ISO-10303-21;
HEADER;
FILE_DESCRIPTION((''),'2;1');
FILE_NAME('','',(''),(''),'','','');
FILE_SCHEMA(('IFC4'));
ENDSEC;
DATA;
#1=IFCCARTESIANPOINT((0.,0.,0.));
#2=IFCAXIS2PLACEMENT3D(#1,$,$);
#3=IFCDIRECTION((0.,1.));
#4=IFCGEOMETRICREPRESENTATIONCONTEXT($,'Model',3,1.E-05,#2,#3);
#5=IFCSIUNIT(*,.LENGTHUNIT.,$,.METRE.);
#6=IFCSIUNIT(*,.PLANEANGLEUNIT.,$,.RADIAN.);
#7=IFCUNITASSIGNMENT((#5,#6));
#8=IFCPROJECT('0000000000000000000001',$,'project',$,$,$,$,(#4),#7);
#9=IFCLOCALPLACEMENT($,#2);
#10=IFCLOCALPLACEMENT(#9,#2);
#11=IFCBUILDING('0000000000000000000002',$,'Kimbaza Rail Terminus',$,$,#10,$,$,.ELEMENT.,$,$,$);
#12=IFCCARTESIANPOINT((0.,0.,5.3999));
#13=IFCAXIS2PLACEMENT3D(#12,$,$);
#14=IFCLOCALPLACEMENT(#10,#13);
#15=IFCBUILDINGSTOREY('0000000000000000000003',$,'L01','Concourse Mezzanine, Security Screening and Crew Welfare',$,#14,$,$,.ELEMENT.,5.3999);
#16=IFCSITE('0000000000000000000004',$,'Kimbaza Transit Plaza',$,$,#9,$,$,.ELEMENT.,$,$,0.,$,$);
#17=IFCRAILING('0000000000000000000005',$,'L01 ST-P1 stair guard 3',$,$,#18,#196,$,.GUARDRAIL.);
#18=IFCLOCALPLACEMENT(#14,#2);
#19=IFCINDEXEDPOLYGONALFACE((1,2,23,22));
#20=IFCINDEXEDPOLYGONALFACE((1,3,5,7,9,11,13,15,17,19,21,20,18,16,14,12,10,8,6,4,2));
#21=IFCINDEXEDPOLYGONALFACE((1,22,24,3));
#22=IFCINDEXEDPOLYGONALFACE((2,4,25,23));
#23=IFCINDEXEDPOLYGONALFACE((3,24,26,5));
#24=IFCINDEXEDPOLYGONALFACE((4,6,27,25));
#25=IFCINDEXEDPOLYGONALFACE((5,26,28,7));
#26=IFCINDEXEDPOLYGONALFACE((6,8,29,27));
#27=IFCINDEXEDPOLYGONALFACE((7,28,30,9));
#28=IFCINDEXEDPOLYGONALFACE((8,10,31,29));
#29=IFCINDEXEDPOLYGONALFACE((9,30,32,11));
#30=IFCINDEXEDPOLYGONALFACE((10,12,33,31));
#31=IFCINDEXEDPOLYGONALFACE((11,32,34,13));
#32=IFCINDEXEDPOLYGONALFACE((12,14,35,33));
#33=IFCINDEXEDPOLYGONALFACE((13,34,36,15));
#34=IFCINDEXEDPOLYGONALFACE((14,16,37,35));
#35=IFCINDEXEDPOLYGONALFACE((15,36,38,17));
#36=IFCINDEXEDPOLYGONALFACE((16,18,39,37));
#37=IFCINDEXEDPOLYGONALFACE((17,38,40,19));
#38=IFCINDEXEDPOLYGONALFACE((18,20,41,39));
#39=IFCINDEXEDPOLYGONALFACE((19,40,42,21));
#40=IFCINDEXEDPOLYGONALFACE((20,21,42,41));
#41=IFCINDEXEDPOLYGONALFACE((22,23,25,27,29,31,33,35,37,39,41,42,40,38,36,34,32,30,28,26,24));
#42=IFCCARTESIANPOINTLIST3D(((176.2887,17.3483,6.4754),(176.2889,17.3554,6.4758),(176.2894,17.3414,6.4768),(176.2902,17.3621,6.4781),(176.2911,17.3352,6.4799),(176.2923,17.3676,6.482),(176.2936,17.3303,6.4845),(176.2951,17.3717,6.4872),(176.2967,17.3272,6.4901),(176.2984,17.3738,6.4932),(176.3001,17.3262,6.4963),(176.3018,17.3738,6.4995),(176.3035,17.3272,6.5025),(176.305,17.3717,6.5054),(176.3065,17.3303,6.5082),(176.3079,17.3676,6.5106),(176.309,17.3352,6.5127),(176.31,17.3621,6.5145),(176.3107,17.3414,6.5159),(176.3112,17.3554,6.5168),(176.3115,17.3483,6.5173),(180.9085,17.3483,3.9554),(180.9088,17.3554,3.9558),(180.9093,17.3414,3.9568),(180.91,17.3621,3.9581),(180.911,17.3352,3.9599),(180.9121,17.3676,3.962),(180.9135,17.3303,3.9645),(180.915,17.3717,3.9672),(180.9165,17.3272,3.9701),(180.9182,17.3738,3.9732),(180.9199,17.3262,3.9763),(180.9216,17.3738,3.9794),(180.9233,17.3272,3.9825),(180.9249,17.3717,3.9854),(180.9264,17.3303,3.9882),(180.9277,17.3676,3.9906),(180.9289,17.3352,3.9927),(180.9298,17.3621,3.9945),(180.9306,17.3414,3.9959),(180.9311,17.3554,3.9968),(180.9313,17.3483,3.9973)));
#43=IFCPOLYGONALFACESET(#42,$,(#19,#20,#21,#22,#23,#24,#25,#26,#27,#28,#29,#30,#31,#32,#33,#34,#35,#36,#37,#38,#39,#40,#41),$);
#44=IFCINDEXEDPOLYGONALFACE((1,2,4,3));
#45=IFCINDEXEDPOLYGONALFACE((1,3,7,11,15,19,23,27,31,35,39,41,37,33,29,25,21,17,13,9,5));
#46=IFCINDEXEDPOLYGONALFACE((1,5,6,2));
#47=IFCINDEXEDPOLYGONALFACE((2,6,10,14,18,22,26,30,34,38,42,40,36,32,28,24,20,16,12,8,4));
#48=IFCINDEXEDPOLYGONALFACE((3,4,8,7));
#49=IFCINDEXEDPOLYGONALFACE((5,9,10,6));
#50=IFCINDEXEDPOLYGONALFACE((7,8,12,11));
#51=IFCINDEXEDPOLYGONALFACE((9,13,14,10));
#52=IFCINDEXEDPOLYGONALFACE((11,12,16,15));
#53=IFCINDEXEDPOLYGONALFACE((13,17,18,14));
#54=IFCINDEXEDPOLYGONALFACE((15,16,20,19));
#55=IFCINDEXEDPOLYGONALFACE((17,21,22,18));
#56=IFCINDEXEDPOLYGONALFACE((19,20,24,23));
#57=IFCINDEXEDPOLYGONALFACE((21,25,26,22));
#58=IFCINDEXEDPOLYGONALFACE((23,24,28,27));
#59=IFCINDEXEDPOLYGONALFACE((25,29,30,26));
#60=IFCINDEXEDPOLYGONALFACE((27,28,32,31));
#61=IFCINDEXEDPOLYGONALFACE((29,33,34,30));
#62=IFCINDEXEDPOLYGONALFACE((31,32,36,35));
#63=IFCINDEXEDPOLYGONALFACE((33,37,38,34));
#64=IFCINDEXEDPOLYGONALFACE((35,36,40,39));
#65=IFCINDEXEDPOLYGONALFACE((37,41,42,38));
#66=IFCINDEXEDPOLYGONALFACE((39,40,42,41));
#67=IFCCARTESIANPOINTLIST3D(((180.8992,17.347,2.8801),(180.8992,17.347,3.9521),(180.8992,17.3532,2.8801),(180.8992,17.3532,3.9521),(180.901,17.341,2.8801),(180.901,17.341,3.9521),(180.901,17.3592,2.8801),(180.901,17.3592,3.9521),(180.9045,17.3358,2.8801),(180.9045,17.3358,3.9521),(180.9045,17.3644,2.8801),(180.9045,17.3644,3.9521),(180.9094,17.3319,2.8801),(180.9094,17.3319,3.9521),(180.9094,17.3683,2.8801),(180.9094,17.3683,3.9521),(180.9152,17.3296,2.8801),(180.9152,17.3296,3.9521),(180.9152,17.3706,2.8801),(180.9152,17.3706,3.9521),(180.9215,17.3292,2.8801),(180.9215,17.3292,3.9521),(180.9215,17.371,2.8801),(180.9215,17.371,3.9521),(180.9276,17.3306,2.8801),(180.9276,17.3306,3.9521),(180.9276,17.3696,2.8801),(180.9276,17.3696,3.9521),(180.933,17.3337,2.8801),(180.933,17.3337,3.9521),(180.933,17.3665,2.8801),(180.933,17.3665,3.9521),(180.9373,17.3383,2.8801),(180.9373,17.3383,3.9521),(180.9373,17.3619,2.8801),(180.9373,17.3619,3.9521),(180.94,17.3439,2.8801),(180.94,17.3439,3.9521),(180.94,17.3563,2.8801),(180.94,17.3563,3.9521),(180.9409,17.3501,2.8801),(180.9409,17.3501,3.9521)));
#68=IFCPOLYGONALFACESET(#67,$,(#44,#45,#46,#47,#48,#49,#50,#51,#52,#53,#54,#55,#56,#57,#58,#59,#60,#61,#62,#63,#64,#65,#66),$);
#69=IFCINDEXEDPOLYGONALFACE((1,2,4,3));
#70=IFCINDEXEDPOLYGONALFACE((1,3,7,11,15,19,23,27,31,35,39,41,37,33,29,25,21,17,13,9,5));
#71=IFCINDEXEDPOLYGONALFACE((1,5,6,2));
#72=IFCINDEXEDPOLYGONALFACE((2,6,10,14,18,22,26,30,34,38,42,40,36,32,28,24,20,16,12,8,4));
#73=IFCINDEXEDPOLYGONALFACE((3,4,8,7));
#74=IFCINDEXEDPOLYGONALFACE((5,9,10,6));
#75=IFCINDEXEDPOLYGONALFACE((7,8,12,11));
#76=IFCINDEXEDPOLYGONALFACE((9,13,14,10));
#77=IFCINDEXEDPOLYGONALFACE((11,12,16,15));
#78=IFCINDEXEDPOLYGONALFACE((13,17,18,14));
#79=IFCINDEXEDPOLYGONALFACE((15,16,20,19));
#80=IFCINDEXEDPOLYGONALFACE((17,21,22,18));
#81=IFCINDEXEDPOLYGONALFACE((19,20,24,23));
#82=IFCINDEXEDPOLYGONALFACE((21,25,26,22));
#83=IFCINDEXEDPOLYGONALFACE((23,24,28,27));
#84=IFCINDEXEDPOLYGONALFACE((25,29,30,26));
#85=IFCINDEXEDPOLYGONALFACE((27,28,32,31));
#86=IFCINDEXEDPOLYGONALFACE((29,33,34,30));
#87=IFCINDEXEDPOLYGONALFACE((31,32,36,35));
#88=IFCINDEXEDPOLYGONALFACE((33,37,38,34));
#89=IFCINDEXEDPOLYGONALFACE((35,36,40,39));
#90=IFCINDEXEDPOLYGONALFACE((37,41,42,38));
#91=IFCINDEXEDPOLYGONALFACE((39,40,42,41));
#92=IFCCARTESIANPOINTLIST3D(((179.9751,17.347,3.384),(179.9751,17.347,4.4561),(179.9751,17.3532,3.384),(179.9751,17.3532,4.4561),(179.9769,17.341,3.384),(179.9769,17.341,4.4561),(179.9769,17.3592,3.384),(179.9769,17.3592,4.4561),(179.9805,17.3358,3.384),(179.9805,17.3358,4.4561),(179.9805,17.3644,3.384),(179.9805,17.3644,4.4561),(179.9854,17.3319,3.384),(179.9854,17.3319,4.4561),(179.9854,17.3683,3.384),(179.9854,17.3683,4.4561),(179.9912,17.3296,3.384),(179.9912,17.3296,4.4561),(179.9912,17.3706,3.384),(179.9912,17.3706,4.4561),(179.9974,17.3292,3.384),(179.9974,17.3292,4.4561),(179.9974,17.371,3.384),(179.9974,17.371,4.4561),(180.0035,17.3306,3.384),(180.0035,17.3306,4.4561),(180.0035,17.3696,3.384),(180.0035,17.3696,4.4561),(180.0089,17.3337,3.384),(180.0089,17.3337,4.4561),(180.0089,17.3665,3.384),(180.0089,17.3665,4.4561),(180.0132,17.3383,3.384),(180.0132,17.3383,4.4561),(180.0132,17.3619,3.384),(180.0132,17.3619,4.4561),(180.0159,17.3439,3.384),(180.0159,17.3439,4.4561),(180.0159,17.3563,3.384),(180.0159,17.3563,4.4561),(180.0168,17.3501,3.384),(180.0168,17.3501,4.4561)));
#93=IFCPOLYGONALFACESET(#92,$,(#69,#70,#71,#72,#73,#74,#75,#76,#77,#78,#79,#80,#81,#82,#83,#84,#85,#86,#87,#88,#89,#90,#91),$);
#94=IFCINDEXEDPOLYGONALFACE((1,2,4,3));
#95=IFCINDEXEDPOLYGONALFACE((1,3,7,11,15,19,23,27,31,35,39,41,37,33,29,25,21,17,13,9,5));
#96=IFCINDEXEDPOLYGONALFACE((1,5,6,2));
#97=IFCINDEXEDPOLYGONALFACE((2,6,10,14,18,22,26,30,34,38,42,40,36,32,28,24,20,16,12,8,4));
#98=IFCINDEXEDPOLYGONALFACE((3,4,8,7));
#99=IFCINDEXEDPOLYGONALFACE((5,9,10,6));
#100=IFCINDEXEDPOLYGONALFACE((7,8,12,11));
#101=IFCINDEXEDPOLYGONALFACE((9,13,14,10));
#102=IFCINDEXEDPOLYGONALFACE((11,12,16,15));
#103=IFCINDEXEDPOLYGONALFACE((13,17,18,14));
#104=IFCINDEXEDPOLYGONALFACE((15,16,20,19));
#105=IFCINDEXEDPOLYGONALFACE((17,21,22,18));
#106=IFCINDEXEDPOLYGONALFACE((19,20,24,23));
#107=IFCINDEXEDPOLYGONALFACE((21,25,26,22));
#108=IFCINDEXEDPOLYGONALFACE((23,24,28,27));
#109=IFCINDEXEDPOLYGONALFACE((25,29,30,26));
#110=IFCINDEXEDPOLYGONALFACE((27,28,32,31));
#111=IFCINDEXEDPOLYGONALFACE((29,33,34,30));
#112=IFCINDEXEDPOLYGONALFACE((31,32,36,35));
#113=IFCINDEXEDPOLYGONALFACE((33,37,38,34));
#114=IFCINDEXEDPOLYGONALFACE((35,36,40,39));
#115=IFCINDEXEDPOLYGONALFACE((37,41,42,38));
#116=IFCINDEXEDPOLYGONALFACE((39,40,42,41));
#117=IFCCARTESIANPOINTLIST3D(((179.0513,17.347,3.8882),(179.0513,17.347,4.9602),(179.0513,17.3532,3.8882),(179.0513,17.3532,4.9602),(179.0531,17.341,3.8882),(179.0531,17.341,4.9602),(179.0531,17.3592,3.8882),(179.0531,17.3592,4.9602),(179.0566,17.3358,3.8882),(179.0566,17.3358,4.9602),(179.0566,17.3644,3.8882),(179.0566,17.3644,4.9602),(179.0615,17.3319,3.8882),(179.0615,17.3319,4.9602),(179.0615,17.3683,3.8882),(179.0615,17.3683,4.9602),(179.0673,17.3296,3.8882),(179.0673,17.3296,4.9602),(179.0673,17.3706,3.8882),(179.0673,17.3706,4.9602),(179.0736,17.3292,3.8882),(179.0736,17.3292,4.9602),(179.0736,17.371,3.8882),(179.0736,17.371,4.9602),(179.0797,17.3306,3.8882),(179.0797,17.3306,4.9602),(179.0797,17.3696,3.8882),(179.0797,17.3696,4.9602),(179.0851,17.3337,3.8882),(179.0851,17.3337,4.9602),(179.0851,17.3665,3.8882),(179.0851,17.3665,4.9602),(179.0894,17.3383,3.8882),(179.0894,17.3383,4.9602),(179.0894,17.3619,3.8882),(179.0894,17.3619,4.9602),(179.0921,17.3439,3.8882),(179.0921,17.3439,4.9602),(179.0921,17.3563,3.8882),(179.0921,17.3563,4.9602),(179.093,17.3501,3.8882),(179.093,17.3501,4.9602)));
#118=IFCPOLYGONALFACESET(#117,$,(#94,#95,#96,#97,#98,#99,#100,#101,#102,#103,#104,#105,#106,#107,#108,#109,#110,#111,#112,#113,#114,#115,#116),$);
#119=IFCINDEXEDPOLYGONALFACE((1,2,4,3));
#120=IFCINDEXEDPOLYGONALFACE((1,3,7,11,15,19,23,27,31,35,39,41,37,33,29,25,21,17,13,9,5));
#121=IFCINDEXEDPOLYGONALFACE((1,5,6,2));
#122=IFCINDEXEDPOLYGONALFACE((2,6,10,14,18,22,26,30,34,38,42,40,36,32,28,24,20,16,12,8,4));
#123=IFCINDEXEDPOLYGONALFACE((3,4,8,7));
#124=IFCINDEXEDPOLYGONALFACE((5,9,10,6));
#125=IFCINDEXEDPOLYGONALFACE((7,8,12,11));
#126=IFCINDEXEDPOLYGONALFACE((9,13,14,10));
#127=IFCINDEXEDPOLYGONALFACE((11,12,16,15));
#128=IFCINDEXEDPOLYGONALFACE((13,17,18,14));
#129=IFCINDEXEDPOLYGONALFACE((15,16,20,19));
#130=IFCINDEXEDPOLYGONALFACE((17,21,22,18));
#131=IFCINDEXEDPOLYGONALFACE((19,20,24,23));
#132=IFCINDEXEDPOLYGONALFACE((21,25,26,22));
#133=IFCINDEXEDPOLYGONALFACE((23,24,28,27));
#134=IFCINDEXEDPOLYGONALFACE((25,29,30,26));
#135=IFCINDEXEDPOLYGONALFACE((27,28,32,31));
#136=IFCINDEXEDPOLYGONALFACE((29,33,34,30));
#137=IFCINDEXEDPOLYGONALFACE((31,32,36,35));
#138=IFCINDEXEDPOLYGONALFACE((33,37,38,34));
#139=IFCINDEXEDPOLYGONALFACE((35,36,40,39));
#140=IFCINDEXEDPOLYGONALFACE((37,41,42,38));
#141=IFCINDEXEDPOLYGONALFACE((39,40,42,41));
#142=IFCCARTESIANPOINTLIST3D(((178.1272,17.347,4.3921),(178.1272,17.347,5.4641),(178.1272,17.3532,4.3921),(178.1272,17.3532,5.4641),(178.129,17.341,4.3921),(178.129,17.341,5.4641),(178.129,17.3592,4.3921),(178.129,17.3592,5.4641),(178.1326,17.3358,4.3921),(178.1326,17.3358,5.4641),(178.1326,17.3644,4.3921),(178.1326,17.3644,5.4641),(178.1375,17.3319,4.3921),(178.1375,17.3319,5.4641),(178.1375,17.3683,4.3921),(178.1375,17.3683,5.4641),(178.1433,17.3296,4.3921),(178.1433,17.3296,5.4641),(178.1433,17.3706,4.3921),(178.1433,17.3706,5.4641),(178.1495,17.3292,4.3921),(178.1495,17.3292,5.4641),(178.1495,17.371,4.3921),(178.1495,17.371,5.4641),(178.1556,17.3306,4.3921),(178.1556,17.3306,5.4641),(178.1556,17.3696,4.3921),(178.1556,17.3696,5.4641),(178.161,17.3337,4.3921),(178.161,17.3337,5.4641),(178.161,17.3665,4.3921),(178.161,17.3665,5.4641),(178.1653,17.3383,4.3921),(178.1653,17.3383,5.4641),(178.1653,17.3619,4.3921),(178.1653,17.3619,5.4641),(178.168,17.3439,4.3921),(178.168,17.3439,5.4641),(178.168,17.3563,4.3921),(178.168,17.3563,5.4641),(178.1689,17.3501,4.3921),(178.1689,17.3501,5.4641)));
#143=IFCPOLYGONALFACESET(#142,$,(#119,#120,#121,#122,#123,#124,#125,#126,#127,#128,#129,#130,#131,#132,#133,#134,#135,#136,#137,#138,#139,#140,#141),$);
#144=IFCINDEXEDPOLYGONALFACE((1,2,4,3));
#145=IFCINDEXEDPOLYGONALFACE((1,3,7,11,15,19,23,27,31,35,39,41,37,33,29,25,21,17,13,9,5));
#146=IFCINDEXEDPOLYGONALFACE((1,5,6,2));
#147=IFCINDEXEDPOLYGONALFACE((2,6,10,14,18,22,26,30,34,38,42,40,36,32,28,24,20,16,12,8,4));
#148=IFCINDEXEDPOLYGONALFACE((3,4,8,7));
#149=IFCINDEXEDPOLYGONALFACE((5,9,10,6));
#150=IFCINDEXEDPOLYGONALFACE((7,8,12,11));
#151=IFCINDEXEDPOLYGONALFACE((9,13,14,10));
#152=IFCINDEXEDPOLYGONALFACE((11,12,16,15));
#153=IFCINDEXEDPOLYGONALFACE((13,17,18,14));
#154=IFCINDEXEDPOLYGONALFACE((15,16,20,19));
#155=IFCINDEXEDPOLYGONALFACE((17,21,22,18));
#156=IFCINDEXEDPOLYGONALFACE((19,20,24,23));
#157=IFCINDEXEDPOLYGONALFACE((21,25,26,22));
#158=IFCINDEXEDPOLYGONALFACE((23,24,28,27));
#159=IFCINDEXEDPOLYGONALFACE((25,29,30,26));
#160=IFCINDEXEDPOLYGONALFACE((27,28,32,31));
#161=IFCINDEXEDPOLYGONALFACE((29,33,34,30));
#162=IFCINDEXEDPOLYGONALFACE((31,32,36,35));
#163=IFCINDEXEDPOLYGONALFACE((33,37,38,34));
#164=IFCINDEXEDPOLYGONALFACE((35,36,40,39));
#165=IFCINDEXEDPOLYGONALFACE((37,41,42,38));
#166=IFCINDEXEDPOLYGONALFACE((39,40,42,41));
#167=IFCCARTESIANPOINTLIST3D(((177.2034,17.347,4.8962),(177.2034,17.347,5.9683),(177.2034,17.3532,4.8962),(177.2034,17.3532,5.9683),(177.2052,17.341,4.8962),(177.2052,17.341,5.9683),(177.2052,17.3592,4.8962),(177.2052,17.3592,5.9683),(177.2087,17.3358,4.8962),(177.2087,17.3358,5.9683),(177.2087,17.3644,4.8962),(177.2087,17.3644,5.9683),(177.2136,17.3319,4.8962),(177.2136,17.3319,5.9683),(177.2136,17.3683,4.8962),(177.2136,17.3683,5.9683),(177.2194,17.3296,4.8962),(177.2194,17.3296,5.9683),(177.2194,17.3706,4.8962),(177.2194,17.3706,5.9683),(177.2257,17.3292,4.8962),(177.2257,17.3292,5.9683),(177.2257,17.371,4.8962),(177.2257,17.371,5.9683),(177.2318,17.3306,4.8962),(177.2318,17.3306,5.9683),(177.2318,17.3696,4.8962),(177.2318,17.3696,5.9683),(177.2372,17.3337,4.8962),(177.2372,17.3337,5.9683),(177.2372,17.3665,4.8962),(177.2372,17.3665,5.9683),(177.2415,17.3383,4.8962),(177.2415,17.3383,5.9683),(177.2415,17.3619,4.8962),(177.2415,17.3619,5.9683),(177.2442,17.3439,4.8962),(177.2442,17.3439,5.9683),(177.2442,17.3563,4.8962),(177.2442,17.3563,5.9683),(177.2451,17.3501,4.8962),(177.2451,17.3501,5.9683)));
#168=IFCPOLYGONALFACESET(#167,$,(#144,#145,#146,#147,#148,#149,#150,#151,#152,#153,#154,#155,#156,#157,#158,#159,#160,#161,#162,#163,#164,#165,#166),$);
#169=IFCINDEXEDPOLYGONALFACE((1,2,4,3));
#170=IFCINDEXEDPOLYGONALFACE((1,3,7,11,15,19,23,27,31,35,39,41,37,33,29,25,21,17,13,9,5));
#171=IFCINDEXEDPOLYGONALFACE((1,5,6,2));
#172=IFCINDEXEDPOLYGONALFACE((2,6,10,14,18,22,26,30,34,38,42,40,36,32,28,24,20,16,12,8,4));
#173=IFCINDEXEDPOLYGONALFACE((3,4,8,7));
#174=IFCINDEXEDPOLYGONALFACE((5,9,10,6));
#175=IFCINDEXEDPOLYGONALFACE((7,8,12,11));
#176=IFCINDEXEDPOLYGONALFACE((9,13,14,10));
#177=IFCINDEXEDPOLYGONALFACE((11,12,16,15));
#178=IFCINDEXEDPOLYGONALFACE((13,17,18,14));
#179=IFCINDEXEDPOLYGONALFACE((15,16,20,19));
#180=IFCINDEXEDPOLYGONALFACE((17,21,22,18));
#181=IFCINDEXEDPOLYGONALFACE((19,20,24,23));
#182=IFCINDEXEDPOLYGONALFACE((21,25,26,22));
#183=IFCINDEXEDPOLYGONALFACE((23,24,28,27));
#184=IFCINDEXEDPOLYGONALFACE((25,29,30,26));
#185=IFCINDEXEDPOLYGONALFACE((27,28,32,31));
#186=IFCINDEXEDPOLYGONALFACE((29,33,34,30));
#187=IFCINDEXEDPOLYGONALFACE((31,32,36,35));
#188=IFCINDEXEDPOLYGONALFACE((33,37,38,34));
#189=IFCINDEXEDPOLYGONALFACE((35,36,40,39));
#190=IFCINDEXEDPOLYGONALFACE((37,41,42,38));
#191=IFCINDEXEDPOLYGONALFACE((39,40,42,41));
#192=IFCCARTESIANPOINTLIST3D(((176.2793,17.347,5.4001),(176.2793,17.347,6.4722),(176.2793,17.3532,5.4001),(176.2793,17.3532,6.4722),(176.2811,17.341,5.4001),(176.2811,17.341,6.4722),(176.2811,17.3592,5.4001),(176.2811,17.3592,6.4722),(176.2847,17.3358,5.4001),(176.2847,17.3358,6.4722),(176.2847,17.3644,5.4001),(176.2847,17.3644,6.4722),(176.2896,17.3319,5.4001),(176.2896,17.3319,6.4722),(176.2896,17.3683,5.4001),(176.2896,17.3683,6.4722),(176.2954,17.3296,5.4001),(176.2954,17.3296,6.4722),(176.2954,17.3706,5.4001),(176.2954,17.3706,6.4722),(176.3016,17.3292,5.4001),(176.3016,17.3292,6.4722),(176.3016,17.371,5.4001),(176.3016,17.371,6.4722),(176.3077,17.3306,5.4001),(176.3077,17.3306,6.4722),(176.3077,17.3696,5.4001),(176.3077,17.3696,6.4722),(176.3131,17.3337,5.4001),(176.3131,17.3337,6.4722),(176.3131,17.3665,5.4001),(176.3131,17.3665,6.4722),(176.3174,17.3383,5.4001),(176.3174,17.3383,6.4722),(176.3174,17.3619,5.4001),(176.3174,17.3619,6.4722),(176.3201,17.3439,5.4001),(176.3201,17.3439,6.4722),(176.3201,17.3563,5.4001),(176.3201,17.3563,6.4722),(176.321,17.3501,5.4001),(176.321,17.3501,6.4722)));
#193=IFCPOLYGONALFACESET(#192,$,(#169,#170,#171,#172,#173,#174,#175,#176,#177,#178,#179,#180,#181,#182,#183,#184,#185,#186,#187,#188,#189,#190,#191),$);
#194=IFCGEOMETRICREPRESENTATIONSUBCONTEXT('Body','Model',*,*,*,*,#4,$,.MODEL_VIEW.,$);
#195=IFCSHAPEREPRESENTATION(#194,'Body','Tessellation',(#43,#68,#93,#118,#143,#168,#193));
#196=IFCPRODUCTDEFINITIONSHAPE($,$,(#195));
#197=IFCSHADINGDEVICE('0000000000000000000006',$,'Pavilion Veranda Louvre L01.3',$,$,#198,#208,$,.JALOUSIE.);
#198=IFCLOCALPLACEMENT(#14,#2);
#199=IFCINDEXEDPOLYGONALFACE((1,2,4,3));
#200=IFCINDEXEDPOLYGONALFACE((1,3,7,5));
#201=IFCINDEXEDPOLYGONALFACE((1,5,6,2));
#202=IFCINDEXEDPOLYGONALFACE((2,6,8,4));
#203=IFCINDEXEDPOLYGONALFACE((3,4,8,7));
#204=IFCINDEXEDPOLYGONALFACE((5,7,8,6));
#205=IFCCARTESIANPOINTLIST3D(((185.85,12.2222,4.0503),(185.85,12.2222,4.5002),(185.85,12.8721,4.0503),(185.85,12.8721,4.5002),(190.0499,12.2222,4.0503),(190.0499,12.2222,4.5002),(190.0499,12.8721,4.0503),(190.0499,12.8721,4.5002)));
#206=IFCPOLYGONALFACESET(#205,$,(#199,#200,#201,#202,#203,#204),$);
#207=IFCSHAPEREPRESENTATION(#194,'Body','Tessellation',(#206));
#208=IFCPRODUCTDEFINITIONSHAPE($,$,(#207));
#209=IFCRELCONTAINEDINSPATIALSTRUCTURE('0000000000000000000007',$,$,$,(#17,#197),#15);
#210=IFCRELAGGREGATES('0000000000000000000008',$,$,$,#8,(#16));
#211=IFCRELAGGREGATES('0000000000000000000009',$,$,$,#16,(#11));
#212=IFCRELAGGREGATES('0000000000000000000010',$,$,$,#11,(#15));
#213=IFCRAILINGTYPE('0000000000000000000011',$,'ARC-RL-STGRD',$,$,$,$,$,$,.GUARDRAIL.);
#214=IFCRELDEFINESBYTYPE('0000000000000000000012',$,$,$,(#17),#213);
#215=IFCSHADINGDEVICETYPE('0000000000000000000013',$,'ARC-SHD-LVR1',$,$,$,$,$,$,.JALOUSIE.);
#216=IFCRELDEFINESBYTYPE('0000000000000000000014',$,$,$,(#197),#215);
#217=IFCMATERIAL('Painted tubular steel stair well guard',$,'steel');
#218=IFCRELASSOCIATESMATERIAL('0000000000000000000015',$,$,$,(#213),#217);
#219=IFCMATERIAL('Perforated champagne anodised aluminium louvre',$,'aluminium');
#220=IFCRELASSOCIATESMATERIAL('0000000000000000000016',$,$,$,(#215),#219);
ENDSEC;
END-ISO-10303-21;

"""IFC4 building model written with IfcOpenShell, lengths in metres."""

from ifc_helpers import new_model, si_unit, direction, frame, origin, origin_2d, place, context, subcontext, project, spatial, rectangle, circle, extrude, material, type_object, element, save


model = new_model("IFC4")

# Units and contexts
model_context = context("Model", 3, precision=1e-05, world=origin(), true_north=direction((0.0, 1.0)))
body_context = subcontext(model_context, "Body", "Model", "MODEL_VIEW")
ifc_project = project(units=[si_unit("LENGTHUNIT", "METRE"), si_unit("PLANEANGLEUNIT", "RADIAN")], contexts=[model_context])

# Site, building, storey
site_placement = place(None, origin())
site = spatial("IfcSite", under=ifc_project, at=site_placement, Name="Kimbaza Transit Plaza", CompositionType="ELEMENT", RefElevation=0.0)
building_placement = place(site_placement, origin())
building = spatial("IfcBuilding", under=site, at=building_placement, Name="Kimbaza Rail Terminus", CompositionType="ELEMENT")
storey_placement = place(building_placement, frame((0.0, 0.0, 5.3999)))
storey = spatial("IfcBuildingStorey", under=building, at=storey_placement, Name="L01", Description="Concourse Mezzanine, Security Screening and Crew Welfare", CompositionType="ELEMENT", Elevation=5.3999)

# Railing
ifc_material_1 = material(Name="Painted tubular steel stair well guard", Category="steel")
railing_type_1 = type_object("IfcRailingType", Name="ARC-RL-STGRD", PredefinedType="GUARDRAIL", material=ifc_material_1)
railing_1_placement = place(storey_placement, frame((180.9199, 17.3501, 2.8801)))
element("IfcRailing", 1, at=railing_1_placement, inside=storey, type_object=railing_type_1, Name="L01 ST-P1 stair guard 3", PredefinedType="GUARDRAIL", context=body_context, shape_type="SweptSolid", body=[
    extrude(circle(Radius=0.0239, at=origin_2d()), frame((0.0, 0.0, 1.0962), z_axis=(-0.877888, 0.0, 0.478865), x_axis=(0.0, -1.0, 0.0)), (0.0, 0.0, 1.0), 5.2625),
    extrude(circle(Radius=0.021, at=origin_2d()), origin(), (0.0, 0.0, 1.0), 1.072),
    extrude(circle(Radius=0.021, at=origin_2d()), frame((-0.9241, 0.0, 0.5039)), (0.0, 0.0, 1.0), 1.072),
    extrude(circle(Radius=0.021, at=origin_2d()), frame((-1.8479, 0.0, 1.0081)), (0.0, 0.0, 1.0), 1.072),
    extrude(circle(Radius=0.021, at=origin_2d()), frame((-2.772, 0.0, 1.512)), (0.0, 0.0, 1.0), 1.072),
    extrude(circle(Radius=0.021, at=origin_2d()), frame((-3.6958, 0.0, 2.0161)), (0.0, 0.0, 1.0), 1.072),
    extrude(circle(Radius=0.021, at=origin_2d()), frame((-4.6199, 0.0, 2.52)), (0.0, 0.0, 1.0), 1.072),
])

# Shading device
ifc_material_2 = material(Name="Perforated champagne anodised aluminium louvre", Category="aluminium")
shading_device_type = type_object("IfcShadingDeviceType", Name="ARC-SHD-LVR1", PredefinedType="JALOUSIE", material=ifc_material_2)
shading_device_placement = place(storey_placement, frame((187.95, 12.5471, 4.0503), z_axis=(0.0, 0.0, 1.0), x_axis=(1.0, 0.0, 0.0)))
element("IfcShadingDevice", 2, at=shading_device_placement, inside=storey, type_object=shading_device_type, Name="Pavilion Veranda Louvre L01.3", PredefinedType="JALOUSIE", context=body_context, shape_type="SweptSolid", body=[
    extrude(rectangle(XDim=4.2, YDim=0.6499, at=origin_2d()), origin(), (0.0, 0.0, 1.0), 0.45),
])

save(model, "model.ifc")
